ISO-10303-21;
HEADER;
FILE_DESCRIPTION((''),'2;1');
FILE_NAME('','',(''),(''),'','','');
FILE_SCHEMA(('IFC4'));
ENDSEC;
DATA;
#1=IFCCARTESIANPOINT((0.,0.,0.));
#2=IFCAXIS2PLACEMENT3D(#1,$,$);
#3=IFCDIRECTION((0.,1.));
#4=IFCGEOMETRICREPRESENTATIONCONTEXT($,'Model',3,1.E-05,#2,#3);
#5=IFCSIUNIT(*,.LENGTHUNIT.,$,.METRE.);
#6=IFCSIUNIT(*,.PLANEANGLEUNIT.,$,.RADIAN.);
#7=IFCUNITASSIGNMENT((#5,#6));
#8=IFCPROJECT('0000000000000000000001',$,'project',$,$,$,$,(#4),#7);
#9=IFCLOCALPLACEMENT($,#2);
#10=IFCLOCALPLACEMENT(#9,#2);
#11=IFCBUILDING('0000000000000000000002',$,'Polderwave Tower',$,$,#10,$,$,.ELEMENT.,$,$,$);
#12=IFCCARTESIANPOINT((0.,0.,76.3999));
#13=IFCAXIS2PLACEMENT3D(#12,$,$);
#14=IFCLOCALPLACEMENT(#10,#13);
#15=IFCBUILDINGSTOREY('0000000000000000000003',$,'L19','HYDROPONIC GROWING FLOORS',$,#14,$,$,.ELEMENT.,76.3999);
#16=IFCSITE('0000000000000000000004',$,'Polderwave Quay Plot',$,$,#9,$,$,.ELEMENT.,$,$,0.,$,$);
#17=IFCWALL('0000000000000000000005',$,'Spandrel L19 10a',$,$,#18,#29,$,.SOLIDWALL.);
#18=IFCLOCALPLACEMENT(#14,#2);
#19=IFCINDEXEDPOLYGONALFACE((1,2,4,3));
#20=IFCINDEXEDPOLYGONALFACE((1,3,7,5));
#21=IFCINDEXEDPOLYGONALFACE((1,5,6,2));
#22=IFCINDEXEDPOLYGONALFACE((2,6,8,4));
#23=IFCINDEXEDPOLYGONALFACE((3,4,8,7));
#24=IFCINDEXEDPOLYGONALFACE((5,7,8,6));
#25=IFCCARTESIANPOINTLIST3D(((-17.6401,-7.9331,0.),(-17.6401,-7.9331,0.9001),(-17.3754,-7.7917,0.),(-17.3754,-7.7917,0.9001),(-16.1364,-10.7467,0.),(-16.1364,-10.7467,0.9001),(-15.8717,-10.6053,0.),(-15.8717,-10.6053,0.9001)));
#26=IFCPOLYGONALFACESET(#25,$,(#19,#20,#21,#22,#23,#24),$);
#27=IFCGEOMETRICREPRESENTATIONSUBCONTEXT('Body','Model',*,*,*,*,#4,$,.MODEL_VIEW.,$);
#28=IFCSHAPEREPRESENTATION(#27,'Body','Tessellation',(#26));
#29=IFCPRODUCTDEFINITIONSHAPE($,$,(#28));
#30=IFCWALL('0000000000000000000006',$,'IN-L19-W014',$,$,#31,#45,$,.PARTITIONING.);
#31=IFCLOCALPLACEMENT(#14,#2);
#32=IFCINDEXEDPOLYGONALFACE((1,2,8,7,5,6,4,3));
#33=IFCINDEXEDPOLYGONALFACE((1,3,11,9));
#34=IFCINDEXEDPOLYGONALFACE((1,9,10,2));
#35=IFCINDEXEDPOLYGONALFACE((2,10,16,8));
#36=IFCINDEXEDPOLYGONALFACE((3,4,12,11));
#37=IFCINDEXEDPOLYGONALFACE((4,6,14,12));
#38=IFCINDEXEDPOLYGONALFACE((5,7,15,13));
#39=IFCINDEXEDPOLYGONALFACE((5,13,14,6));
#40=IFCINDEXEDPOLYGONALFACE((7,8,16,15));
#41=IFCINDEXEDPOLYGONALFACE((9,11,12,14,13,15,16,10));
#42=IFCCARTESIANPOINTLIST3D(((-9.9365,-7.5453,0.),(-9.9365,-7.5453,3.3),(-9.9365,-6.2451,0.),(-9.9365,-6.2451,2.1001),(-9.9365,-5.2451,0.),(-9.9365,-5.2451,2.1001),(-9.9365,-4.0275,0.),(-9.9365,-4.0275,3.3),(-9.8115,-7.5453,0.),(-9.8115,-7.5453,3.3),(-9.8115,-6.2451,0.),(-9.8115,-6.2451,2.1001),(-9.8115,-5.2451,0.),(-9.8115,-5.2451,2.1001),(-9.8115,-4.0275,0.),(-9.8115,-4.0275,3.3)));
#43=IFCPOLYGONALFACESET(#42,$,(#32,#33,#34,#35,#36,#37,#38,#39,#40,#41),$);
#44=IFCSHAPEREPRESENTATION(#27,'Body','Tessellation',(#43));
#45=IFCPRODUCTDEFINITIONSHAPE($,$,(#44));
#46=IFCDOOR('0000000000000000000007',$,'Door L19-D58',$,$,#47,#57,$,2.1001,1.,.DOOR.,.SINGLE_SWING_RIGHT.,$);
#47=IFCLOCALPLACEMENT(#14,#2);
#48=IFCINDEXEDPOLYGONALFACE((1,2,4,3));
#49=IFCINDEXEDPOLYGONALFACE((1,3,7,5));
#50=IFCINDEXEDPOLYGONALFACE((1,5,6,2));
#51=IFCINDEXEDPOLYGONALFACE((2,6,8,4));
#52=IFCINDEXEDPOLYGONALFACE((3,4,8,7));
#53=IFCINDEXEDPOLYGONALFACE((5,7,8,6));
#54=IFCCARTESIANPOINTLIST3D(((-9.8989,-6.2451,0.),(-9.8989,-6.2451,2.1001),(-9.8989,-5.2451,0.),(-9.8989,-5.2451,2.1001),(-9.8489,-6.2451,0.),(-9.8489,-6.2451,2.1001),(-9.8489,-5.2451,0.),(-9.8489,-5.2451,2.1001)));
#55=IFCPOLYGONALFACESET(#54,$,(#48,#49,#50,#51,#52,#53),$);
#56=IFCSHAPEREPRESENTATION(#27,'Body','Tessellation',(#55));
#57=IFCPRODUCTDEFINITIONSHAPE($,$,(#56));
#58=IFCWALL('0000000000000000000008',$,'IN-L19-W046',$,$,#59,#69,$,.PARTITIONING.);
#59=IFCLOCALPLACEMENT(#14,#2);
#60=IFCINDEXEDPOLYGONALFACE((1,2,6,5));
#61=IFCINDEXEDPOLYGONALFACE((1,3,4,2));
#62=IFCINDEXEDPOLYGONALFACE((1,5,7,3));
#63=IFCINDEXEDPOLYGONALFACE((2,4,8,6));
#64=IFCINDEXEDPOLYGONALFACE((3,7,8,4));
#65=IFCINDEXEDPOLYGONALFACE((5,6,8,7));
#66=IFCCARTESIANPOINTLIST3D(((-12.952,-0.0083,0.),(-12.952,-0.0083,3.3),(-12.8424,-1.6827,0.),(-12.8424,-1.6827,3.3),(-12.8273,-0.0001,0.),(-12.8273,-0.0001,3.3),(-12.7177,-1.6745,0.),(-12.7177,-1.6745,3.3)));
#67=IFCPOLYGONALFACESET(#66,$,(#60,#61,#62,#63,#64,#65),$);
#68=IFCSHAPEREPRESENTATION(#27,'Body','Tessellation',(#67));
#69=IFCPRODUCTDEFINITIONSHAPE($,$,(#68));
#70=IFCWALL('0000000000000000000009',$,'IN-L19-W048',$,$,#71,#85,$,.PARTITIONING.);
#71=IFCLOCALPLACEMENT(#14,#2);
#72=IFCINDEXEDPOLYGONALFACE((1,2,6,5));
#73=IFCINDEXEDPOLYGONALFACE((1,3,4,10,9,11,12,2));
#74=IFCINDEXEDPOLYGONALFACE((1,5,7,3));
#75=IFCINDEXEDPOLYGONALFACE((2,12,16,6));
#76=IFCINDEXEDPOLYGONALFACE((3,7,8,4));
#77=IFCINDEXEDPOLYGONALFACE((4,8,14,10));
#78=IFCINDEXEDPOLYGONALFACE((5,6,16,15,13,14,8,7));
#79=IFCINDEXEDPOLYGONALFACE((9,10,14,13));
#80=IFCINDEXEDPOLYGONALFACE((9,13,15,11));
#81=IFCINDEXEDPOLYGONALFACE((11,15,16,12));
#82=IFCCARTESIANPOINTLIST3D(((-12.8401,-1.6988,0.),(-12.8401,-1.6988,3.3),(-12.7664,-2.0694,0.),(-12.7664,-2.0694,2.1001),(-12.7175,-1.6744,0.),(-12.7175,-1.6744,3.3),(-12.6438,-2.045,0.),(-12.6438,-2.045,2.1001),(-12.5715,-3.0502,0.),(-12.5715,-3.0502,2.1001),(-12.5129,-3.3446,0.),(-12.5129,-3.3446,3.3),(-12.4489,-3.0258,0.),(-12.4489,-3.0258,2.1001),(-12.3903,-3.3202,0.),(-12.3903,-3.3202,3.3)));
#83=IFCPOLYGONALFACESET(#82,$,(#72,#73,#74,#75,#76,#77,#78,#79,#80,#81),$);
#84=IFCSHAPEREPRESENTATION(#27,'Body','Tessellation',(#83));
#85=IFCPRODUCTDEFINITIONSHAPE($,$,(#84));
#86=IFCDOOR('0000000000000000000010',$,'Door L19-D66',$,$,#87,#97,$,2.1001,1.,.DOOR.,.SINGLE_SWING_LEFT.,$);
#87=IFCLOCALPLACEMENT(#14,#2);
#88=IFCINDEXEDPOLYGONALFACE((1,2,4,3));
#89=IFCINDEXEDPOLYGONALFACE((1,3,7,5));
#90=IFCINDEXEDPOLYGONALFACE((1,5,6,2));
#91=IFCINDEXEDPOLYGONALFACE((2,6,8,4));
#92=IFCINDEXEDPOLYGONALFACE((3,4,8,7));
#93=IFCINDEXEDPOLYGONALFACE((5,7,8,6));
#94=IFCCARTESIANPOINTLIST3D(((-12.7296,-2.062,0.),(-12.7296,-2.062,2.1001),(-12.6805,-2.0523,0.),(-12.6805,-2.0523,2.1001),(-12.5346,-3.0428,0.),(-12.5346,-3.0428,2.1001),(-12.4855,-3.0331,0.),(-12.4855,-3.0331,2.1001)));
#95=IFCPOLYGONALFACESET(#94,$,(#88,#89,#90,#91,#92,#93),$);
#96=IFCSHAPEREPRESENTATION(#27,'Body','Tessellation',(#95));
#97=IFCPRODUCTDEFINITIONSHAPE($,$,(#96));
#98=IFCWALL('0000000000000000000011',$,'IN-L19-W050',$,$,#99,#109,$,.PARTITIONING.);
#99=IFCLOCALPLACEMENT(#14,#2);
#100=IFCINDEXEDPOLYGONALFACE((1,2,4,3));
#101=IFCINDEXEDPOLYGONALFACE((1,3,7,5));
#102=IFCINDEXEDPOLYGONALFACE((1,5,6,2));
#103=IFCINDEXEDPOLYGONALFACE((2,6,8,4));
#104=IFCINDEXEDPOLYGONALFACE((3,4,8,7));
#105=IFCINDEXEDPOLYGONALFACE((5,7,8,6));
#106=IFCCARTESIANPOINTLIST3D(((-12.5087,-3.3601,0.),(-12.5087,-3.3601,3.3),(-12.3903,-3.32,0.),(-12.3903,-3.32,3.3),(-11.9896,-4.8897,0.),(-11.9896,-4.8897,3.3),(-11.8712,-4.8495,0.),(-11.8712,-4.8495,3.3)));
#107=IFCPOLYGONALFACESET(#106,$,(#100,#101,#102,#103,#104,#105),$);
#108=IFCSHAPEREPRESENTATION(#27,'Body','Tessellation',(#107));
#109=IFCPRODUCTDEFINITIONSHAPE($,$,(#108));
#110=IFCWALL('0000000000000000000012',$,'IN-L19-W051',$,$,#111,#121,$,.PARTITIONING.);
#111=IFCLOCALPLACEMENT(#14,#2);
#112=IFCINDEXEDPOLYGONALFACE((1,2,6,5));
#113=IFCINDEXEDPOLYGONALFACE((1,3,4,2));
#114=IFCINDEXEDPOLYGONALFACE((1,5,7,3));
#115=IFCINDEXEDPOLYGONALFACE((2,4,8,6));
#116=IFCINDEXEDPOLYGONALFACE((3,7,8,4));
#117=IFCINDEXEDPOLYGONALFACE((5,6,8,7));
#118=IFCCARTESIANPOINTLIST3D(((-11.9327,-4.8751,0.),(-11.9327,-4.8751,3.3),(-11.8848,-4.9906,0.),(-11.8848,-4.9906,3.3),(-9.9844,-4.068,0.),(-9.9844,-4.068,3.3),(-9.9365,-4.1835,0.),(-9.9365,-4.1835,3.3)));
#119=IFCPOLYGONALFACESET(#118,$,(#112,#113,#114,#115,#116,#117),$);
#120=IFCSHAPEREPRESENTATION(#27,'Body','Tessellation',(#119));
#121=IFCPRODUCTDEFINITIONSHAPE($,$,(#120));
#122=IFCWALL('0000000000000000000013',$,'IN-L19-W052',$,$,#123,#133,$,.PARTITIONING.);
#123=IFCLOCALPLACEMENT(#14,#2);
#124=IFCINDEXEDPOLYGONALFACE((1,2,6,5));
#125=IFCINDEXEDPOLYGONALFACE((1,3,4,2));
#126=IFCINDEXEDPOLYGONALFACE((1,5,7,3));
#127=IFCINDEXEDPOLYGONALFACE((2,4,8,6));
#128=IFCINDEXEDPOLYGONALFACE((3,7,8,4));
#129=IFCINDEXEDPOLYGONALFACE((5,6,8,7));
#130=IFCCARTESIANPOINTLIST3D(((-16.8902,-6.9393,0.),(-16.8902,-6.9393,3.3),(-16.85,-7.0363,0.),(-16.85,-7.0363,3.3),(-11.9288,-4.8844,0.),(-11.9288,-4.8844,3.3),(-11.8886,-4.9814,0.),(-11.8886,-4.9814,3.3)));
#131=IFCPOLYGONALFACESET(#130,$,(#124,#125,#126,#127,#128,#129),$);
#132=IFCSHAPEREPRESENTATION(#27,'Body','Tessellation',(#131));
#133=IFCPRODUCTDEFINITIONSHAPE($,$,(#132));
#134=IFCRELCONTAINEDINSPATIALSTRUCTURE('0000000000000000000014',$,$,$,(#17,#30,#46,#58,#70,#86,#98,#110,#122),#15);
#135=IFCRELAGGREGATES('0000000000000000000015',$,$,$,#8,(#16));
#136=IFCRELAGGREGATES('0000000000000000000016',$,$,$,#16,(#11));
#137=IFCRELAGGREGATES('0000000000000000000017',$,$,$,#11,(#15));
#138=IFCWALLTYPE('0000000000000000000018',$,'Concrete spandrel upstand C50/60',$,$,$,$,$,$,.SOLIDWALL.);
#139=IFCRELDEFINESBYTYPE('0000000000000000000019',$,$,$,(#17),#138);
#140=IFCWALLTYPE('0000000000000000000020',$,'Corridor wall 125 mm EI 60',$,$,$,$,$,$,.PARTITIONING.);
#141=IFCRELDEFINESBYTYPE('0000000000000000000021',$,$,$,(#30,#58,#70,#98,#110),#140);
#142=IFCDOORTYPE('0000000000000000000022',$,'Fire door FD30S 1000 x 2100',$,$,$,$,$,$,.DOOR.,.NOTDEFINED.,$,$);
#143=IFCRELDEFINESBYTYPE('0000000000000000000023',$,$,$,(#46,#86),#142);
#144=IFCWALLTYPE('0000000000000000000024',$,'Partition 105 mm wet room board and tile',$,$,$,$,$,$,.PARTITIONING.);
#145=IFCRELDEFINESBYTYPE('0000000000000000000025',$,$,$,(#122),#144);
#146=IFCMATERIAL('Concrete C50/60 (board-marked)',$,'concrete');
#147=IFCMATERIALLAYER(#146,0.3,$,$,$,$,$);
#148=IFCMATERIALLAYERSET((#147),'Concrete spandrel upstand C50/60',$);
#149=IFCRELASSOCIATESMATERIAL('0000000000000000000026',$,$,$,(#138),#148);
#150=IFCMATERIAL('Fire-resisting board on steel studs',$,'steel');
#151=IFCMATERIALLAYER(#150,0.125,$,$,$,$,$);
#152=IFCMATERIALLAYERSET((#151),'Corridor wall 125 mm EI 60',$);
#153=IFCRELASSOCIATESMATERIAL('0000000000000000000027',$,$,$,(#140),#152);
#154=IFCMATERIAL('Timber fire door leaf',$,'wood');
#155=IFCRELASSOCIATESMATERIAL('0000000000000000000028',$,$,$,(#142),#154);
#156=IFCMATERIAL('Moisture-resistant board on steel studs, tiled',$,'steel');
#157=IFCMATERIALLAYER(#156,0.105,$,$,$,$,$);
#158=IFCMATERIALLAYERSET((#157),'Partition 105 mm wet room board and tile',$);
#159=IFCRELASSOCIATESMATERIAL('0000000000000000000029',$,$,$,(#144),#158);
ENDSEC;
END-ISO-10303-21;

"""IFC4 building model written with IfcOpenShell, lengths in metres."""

from ifc_helpers import new_model, si_unit, direction, frame, frame_2d, origin, place, context, subcontext, project, spatial, rectangle, extrude, material, layer, layer_set, type_object, element, fill, save


model = new_model("IFC4")

# Units and contexts
model_context = context("Model", 3, precision=1e-05, world=origin(), true_north=direction((0.0, 1.0)))
body_context = subcontext(model_context, "Body", "Model", "MODEL_VIEW")
ifc_project = project(units=[si_unit("LENGTHUNIT", "METRE"), si_unit("PLANEANGLEUNIT", "RADIAN")], contexts=[model_context])

# Site, building, storey
site_placement = place(None, origin())
site = spatial("IfcSite", under=ifc_project, at=site_placement, Name="Polderwave Quay Plot", CompositionType="ELEMENT", RefElevation=0.0)
building_placement = place(site_placement, origin())
building = spatial("IfcBuilding", under=site, at=building_placement, Name="Polderwave Tower", CompositionType="ELEMENT")
storey_placement = place(building_placement, frame((0.0, 0.0, 76.3999)))
storey = spatial("IfcBuildingStorey", under=building, at=storey_placement, Name="L19", Description="HYDROPONIC GROWING FLOORS", CompositionType="ELEMENT", Elevation=76.3999)

# Wall
ifc_material_1 = material(Name="Concrete C50/60 (board-marked)", Category="concrete")
ifc_layer_1 = layer(ifc_material_1, 0.3)
ifc_layer_set_1 = layer_set([ifc_layer_1], Name="Concrete spandrel upstand C50/60")
wall_type_1 = type_object("IfcWallType", Name="Concrete spandrel upstand C50/60", PredefinedType="SOLIDWALL", material=ifc_layer_set_1)
wall_1_placement = place(storey_placement, frame((-17.5078, -7.8623, 0.0), z_axis=(0.0, 0.0, 1.0), x_axis=(0.471355, -0.881944, 0.0)))
element("IfcWall", 1, at=wall_1_placement, inside=storey, type_object=wall_type_1, Name="Spandrel L19 10a", PredefinedType="SOLIDWALL", context=body_context, shape_type="SweptSolid", body=[
    extrude(rectangle(XDim=3.1902, YDim=0.3, at=frame_2d((1.5952, 0.0))), origin(), (0.0, 0.0, 1.0), 0.9001),
])

# Wall, opening, door
ifc_material_2 = material(Name="Fire-resisting board on steel studs", Category="steel")
ifc_layer_2 = layer(ifc_material_2, 0.125)
ifc_layer_set_2 = layer_set([ifc_layer_2], Name="Corridor wall 125 mm EI 60")
wall_type_2 = type_object("IfcWallType", Name="Corridor wall 125 mm EI 60", PredefinedType="PARTITIONING", material=ifc_layer_set_2)
wall_2_placement = place(storey_placement, frame((-9.874, -7.5452, 0.0), z_axis=(0.0, 0.0, 1.0), x_axis=(0.0, 1.0, 0.0)))
wall_2 = element("IfcWall", 2, at=wall_2_placement, inside=storey, type_object=wall_type_2, Name="IN-L19-W014", PredefinedType="PARTITIONING", context=body_context, shape_type="SweptSolid", body=[
    extrude(rectangle(XDim=3.5178, YDim=0.125, at=frame_2d((1.7588, 0.0))), origin(), (0.0, 0.0, 1.0), 3.3),
])
opening_1_placement = place(wall_2_placement, frame((1.3, 0.0, 0.0)))
opening_1 = element("IfcOpeningElement", 3, at=opening_1_placement, cuts=wall_2, PredefinedType="OPENING", context=body_context, shape_type="SweptSolid", body=[
    extrude(rectangle(XDim=1.0, YDim=2.1001, at=frame_2d((0.5, 1.05))), frame((0.0, 0.0725, 0.0), z_axis=(0.0, -1.0, 0.0), x_axis=(1.0, 0.0, 0.0)), (0.0, 0.0, 1.0), 0.145),
])
ifc_material_3 = material(Name="Timber fire door leaf", Category="wood")
door_type = type_object("IfcDoorType", Name="Fire door FD30S 1000 x 2100", OperationType="NOTDEFINED", PredefinedType="DOOR", material=ifc_material_3)
door_1_placement = place(opening_1_placement, origin())
door_1 = element("IfcDoor", 4, at=door_1_placement, inside=storey, type_object=door_type, Name="Door L19-D58", OperationType="SINGLE_SWING_RIGHT", OverallHeight=2.1001, OverallWidth=1.0, PredefinedType="DOOR", context=body_context, shape_type="SweptSolid", body=[
    extrude(rectangle(XDim=1.0, YDim=2.1001, at=frame_2d((0.5, 1.05))), frame((0.0, 0.0249, 0.0), z_axis=(0.0, -1.0, 0.0), x_axis=(1.0, 0.0, 0.0)), (0.0, 0.0, 1.0), 0.05),
])
fill(opening_1, door_1)

# Wall
wall_3_placement = place(storey_placement, frame((-12.78, -1.6785, 0.0), z_axis=(0.0, 0.0, 1.0), x_axis=(-0.065331, 0.997864, 0.0)))
element("IfcWall", 5, at=wall_3_placement, inside=storey, type_object=wall_type_2, Name="IN-L19-W046", PredefinedType="PARTITIONING", context=body_context, shape_type="SweptSolid", body=[
    extrude(rectangle(XDim=1.678, YDim=0.125, at=frame_2d((0.8389, 0.0))), origin(), (0.0, 0.0, 1.0), 3.3),
])

# Wall, opening, door
wall_4_placement = place(storey_placement, frame((-12.4517, -3.3323, 0.0), z_axis=(0.0, 0.0, 1.0), x_axis=(-0.194969, 0.980809, 0.0)))
wall_4 = element("IfcWall", 6, at=wall_4_placement, inside=storey, type_object=wall_type_2, Name="IN-L19-W048", PredefinedType="PARTITIONING", context=body_context, shape_type="SweptSolid", body=[
    extrude(rectangle(XDim=1.678, YDim=0.125, at=frame_2d((0.8389, 0.0))), origin(), (0.0, 0.0, 1.0), 3.3),
])
opening_2_placement = place(wall_4_placement, frame((0.3, 0.0, 0.0)))
opening_2 = element("IfcOpeningElement", 7, at=opening_2_placement, cuts=wall_4, PredefinedType="OPENING", context=body_context, shape_type="SweptSolid", body=[
    extrude(rectangle(XDim=1.0, YDim=2.1001, at=frame_2d((0.5, 1.05))), frame((0.0, 0.0725, 0.0), z_axis=(0.0, -1.0, 0.0), x_axis=(1.0, 0.0, 0.0)), (0.0, 0.0, 1.0), 0.145),
])
door_2_placement = place(opening_2_placement, origin())
door_2 = element("IfcDoor", 8, at=door_2_placement, inside=storey, type_object=door_type, Name="Door L19-D66", OperationType="SINGLE_SWING_LEFT", OverallHeight=2.1001, OverallWidth=1.0, PredefinedType="DOOR", context=body_context, shape_type="SweptSolid", body=[
    extrude(rectangle(XDim=1.0, YDim=2.1001, at=frame_2d((0.5, 1.05))), frame((0.0, 0.0249, 0.0), z_axis=(0.0, -1.0, 0.0), x_axis=(1.0, 0.0, 0.0)), (0.0, 0.0, 1.0), 0.05),
])
fill(opening_2, door_2)

# Walls
wall_5_placement = place(storey_placement, frame((-11.9304, -4.8696, 0.0), z_axis=(0.0, 0.0, 1.0), x_axis=(-0.321347, 0.946961, 0.0)))
element("IfcWall", 9, at=wall_5_placement, inside=storey, type_object=wall_type_2, Name="IN-L19-W050", PredefinedType="PARTITIONING", context=body_context, shape_type="SweptSolid", body=[
    extrude(rectangle(XDim=1.6152, YDim=0.125, at=frame_2d((0.8076, 0.0))), origin(), (0.0, 0.0, 1.0), 3.3),
])
wall_6_placement = place(storey_placement, frame((-9.9604, -4.1257, 0.0), z_axis=(0.0, 0.0, 1.0), x_axis=(-0.923856, -0.38274, 0.0)))
element("IfcWall", 10, at=wall_6_placement, inside=storey, type_object=wall_type_2, Name="IN-L19-W051", PredefinedType="PARTITIONING", context=body_context, shape_type="SweptSolid", body=[
    extrude(rectangle(XDim=2.1089, YDim=0.125, at=frame_2d((1.0544, 0.0))), origin(), (0.0, 0.0, 1.0), 3.3),
])
ifc_material_4 = material(Name="Moisture-resistant board on steel studs, tiled", Category="steel")
ifc_layer_3 = layer(ifc_material_4, 0.105)
ifc_layer_set_3 = layer_set([ifc_layer_3], Name="Partition 105 mm wet room board and tile")
wall_type_3 = type_object("IfcWallType", Name="Partition 105 mm wet room board and tile", PredefinedType="PARTITIONING", material=ifc_layer_set_3)
wall_7_placement = place(storey_placement, frame((-11.9087, -4.9329, 0.0), z_axis=(0.0, 0.0, 1.0), x_axis=(-0.92389, -0.382658, 0.0)))
element("IfcWall", 11, at=wall_7_placement, inside=storey, type_object=wall_type_3, Name="IN-L19-W052", PredefinedType="PARTITIONING", context=body_context, shape_type="SweptSolid", body=[
    extrude(rectangle(XDim=5.3701, YDim=0.105, at=frame_2d((2.6851, 0.0))), origin(), (0.0, 0.0, 1.0), 3.3),
])

save(model, "model.ifc")
